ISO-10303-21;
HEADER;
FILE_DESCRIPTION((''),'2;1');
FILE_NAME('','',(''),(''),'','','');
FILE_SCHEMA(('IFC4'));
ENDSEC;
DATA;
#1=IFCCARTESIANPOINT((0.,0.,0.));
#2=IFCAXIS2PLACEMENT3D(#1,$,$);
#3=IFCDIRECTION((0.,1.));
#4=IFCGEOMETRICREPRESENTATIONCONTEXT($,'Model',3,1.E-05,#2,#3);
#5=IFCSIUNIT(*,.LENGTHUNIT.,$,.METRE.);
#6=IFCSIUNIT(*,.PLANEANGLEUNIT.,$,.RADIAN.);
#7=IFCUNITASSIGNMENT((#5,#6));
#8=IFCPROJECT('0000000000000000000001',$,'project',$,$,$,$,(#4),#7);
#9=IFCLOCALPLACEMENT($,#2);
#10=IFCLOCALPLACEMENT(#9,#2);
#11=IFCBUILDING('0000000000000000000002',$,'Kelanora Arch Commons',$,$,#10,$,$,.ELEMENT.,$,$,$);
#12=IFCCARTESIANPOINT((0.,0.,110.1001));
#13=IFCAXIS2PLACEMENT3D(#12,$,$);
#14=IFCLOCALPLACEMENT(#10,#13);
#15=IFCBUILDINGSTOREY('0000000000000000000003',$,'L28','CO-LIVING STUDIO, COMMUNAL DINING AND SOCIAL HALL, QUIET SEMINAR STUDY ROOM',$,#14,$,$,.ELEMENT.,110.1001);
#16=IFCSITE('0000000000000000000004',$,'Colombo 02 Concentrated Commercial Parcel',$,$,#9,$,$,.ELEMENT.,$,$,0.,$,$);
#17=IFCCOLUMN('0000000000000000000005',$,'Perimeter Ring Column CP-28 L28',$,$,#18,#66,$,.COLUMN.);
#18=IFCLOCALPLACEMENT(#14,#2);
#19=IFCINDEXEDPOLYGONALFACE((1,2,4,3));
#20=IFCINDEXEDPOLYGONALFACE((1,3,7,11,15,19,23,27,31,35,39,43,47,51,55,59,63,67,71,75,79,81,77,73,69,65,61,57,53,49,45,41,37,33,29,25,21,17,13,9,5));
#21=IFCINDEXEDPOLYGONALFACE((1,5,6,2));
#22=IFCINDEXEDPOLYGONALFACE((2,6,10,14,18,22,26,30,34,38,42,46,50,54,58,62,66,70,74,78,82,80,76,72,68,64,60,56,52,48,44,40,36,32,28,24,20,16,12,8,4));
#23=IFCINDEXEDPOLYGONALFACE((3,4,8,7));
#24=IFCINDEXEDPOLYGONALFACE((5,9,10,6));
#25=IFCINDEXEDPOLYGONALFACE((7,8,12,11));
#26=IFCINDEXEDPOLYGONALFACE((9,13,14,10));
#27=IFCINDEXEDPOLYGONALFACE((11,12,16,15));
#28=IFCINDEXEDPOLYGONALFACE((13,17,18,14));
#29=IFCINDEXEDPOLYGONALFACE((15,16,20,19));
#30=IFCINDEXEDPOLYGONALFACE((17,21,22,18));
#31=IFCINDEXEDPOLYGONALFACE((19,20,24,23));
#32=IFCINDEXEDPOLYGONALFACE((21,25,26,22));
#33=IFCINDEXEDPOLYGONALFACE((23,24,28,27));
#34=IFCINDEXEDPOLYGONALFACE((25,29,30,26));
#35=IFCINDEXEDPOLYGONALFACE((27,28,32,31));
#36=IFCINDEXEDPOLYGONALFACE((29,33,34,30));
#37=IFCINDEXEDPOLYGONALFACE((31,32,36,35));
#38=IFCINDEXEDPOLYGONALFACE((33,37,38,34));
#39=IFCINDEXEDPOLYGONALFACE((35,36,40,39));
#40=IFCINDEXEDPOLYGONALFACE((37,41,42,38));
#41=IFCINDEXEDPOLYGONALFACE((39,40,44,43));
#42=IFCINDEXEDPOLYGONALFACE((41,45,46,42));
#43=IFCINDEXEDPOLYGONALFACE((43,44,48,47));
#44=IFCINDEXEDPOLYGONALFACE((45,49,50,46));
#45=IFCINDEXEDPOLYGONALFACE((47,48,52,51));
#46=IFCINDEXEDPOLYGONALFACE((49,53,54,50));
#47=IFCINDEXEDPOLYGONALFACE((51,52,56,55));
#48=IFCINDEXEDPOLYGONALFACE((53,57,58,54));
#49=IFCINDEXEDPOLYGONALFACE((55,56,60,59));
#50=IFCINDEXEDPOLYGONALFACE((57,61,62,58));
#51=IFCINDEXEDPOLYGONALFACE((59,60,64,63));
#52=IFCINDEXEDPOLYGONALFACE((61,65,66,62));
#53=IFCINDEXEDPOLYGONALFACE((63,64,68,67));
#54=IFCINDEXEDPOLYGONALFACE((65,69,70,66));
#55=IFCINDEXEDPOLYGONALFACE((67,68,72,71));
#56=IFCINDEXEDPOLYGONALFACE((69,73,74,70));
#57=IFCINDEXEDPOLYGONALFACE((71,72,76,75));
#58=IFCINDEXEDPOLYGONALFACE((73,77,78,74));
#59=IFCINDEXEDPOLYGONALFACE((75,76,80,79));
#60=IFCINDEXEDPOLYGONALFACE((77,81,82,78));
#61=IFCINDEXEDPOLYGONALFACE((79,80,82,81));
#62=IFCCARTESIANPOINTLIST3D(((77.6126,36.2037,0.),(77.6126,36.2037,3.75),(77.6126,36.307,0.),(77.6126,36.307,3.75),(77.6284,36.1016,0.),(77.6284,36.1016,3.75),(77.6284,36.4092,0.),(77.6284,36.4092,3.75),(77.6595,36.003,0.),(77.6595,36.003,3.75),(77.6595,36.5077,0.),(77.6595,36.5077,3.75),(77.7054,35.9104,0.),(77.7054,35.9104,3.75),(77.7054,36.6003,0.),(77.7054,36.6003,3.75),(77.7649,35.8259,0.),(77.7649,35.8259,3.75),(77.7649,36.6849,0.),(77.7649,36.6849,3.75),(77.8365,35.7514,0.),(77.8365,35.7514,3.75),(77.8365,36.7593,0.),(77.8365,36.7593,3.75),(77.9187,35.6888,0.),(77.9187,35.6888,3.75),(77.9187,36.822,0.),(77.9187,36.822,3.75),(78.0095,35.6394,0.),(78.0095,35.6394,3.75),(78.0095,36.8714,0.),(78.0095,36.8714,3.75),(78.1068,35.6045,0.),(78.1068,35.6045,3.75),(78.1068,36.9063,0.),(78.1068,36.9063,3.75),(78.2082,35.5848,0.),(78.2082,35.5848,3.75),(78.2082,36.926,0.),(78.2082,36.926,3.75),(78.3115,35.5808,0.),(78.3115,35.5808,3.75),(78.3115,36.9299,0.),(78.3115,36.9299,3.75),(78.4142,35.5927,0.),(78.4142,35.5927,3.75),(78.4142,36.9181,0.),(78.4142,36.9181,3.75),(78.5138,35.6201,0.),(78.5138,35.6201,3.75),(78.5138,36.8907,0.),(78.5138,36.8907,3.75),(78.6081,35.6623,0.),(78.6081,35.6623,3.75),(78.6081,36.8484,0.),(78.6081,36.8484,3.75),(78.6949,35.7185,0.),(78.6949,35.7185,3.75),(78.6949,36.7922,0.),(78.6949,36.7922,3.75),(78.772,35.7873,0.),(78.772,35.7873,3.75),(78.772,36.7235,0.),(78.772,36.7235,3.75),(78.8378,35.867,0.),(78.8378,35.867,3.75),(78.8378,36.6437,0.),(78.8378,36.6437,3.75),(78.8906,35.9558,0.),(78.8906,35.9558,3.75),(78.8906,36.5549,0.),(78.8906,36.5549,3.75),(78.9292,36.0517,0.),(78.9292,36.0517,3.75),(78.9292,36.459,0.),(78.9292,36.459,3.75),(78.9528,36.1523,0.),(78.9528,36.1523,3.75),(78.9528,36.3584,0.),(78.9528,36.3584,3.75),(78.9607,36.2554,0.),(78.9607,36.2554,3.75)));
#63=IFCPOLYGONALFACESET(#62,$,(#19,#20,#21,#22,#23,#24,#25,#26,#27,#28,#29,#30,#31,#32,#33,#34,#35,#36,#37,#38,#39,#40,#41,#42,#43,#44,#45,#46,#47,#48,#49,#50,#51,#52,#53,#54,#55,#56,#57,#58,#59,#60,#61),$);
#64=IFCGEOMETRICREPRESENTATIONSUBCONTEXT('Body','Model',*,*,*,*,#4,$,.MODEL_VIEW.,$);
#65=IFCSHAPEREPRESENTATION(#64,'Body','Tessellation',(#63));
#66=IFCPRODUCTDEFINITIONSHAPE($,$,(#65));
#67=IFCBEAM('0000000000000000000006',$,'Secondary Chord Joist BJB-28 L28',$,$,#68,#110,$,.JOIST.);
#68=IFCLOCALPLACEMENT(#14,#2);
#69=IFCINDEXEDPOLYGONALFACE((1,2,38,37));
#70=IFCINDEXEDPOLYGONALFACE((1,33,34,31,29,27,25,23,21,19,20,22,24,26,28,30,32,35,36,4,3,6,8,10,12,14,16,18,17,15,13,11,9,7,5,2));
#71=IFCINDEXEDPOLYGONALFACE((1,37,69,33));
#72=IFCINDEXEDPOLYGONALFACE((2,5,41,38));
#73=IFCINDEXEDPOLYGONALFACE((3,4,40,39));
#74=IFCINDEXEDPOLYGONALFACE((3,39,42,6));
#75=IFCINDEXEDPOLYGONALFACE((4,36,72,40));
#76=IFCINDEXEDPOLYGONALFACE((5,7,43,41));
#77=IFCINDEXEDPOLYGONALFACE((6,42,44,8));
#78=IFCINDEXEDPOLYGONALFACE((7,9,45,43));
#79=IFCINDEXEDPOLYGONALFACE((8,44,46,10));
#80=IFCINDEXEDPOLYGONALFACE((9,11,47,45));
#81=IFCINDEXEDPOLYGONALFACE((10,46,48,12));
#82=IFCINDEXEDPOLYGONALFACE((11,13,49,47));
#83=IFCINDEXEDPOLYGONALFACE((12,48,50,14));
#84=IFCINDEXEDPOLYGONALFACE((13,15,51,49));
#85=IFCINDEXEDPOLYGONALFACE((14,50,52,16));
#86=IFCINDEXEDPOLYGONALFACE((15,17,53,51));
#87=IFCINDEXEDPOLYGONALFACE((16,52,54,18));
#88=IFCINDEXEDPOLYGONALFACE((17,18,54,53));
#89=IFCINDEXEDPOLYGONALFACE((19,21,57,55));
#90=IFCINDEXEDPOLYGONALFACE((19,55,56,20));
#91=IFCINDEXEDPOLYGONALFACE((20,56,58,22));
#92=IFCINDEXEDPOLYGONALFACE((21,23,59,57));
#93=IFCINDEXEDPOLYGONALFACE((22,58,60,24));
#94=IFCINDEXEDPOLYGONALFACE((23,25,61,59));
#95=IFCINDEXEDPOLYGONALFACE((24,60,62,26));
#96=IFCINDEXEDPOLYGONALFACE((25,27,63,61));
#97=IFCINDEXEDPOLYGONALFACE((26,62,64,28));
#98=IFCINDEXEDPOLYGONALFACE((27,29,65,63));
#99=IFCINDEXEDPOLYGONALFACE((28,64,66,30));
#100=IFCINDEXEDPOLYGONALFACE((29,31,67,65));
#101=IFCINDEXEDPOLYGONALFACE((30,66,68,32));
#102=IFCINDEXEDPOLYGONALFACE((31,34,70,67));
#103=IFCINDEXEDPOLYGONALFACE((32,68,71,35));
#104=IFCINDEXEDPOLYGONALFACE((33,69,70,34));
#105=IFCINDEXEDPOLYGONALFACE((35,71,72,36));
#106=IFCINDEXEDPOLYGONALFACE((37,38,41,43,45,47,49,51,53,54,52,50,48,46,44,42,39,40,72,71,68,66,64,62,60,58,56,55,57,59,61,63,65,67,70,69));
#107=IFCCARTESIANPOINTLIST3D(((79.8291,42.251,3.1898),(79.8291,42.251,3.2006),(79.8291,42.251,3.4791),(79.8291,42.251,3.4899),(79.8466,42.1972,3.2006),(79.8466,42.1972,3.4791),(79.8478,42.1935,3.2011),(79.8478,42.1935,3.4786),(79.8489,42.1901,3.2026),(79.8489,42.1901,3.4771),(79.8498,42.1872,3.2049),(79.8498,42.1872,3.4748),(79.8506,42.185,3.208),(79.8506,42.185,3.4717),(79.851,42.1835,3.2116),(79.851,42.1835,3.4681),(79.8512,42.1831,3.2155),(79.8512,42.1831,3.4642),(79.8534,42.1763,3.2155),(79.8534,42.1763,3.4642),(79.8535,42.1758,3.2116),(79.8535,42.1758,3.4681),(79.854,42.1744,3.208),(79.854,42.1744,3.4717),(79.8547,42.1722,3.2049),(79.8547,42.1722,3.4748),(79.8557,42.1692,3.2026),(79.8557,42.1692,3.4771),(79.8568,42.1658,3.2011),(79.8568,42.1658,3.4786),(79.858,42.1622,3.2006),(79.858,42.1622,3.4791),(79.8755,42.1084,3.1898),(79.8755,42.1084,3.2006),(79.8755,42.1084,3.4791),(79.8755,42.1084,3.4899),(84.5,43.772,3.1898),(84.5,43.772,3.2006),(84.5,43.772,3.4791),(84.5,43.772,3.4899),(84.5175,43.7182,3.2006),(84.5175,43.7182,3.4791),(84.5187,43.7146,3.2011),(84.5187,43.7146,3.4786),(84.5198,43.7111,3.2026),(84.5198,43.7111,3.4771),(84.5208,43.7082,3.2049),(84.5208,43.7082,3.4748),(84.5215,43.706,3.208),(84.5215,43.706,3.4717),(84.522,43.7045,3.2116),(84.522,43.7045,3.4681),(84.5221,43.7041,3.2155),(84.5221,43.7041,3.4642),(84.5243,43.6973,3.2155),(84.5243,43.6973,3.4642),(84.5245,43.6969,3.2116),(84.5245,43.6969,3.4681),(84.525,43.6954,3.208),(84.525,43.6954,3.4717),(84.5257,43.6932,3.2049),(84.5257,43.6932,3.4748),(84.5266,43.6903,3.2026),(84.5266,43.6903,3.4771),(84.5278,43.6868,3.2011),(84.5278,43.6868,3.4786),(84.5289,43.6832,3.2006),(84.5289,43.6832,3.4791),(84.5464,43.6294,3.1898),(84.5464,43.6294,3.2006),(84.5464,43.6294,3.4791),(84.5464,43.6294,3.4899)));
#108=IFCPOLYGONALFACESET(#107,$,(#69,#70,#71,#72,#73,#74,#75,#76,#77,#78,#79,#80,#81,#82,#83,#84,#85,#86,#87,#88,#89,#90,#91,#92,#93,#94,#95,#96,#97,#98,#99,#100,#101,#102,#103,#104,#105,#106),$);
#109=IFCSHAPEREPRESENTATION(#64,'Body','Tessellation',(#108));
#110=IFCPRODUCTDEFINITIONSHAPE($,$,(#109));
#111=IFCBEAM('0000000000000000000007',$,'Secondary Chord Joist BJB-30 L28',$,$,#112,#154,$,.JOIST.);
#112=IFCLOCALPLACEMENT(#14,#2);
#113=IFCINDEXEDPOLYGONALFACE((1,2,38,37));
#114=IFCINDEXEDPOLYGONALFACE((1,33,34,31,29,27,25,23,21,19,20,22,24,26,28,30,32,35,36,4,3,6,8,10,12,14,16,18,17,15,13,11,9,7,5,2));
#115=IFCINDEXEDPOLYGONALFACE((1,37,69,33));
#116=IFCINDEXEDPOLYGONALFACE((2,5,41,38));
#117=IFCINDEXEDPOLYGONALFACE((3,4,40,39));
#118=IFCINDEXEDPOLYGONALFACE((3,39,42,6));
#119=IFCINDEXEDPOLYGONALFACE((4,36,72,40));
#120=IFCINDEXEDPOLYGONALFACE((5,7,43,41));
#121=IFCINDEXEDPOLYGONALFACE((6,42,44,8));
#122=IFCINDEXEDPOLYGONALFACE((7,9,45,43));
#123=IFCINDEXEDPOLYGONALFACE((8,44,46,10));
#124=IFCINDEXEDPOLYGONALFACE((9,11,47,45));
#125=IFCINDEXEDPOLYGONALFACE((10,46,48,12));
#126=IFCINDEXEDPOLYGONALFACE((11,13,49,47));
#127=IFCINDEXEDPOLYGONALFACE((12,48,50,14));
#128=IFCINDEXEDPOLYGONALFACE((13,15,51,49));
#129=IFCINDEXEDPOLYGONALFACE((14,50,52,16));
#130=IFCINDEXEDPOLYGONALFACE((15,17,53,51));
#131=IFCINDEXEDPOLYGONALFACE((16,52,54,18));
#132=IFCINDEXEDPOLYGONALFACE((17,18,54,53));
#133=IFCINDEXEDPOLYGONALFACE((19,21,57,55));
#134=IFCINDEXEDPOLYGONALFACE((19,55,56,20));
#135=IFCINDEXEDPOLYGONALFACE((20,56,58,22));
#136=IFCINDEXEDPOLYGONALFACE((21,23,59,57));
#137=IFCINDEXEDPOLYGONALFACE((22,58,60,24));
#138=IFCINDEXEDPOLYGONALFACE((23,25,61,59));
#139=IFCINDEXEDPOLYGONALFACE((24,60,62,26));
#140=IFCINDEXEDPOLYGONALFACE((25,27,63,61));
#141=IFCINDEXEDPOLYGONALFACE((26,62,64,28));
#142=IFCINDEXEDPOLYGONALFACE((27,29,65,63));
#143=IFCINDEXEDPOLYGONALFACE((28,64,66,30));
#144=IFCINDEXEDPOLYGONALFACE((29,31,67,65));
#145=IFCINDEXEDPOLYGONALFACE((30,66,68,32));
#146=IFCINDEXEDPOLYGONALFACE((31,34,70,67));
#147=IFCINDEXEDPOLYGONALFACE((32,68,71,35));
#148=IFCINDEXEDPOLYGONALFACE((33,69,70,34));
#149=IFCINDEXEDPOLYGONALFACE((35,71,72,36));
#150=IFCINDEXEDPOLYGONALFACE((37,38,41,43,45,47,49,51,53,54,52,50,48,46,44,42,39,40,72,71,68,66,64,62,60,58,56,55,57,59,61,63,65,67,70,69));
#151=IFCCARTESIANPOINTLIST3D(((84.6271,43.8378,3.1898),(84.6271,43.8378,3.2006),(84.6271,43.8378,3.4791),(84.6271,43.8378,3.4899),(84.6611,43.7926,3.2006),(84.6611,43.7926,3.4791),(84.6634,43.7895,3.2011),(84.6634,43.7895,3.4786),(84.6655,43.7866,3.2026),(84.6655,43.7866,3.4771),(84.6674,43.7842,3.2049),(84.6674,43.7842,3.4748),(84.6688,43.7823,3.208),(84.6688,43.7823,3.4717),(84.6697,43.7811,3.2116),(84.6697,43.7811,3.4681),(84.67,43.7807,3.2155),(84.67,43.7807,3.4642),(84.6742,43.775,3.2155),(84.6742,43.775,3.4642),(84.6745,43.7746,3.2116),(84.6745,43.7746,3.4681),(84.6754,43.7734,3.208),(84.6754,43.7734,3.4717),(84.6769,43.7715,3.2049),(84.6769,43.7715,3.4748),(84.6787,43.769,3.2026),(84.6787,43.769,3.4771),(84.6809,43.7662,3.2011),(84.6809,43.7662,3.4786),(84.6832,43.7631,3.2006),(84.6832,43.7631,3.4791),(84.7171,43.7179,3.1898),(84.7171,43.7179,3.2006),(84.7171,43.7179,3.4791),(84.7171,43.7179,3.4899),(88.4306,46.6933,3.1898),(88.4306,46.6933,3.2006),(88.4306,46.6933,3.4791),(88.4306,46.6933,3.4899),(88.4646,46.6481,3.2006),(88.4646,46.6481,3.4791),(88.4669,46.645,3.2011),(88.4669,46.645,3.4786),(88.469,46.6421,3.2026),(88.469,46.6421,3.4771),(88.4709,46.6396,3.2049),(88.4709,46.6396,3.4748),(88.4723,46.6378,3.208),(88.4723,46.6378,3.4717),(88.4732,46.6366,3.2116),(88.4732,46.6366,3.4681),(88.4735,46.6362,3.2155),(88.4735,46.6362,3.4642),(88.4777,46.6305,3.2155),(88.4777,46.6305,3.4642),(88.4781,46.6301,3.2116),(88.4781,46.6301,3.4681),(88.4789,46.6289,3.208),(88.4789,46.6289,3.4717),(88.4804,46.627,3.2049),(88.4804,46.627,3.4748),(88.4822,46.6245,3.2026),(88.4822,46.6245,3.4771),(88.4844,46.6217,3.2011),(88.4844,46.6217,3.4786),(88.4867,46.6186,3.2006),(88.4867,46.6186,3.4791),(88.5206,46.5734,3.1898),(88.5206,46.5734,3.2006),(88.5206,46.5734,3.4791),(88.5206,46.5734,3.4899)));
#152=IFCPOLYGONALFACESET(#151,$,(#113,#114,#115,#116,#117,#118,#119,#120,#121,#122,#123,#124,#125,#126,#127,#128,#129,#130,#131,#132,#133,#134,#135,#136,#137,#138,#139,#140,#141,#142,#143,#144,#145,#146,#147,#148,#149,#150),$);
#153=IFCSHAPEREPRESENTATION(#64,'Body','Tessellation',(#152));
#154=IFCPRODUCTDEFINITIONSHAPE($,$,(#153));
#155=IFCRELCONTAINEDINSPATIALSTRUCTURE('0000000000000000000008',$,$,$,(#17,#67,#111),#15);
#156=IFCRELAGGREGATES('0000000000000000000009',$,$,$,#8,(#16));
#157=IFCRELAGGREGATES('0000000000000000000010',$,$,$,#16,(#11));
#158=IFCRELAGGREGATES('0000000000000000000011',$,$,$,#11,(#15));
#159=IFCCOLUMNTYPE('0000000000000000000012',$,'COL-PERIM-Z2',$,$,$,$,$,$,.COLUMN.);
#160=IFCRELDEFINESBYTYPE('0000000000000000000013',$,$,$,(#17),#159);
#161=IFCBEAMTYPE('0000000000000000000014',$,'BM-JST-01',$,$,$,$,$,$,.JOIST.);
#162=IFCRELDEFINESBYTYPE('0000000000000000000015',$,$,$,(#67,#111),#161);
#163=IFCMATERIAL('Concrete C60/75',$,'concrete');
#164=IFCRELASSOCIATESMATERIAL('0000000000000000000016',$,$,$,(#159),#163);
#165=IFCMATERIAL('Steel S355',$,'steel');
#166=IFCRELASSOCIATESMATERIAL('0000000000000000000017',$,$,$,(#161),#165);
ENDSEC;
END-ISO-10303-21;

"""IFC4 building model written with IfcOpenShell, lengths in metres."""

from ifc_helpers import new_model, si_unit, direction, frame, origin, origin_2d, place, context, subcontext, project, spatial, circle, i_section, extrude, material, material_profile, profile_set, type_object, element, save


model = new_model("IFC4")

# Units and contexts
model_context = context("Model", 3, precision=1e-05, world=origin(), true_north=direction((0.0, 1.0)))
body_context = subcontext(model_context, "Body", "Model", "MODEL_VIEW")
ifc_project = project(units=[si_unit("LENGTHUNIT", "METRE"), si_unit("PLANEANGLEUNIT", "RADIAN")], contexts=[model_context])

# Site, building, storey
site_placement = place(None, origin())
site = spatial("IfcSite", under=ifc_project, at=site_placement, Name="Colombo 02 Concentrated Commercial Parcel", CompositionType="ELEMENT", RefElevation=0.0)
building_placement = place(site_placement, origin())
building = spatial("IfcBuilding", under=site, at=building_placement, Name="Kelanora Arch Commons", CompositionType="ELEMENT")
storey_placement = place(building_placement, frame((0.0, 0.0, 110.1001)))
storey = spatial("IfcBuildingStorey", under=building, at=storey_placement, Name="L28", Description="CO-LIVING STUDIO, COMMUNAL DINING AND SOCIAL HALL, QUIET SEMINAR STUDY ROOM", CompositionType="ELEMENT", Elevation=110.1001)

# Column
ifc_material_1 = material(Name="Concrete C60/75", Category="concrete")
ifc_material_profile_1 = material_profile(ifc_material_1, circle(Radius=0.675, at=origin_2d()), Name="RCC1350")
ifc_profile_set_1 = profile_set([ifc_material_profile_1], Name="Concrete C60/75")
column_type = type_object("IfcColumnType", Name="COL-PERIM-Z2", PredefinedType="COLUMN", material=ifc_profile_set_1)
column_placement = place(storey_placement, frame((78.2856, 36.2554, 0.0), z_axis=(0.0, 0.0, 1.0), x_axis=(1.0, 0.0, 0.0)))
element("IfcColumn", 1, at=column_placement, inside=storey, type_object=column_type, Name="Perimeter Ring Column CP-28 L28", PredefinedType="COLUMN", context=body_context, shape_type="SweptSolid", body=[
    extrude(circle(Radius=0.675, at=origin_2d()), origin(), (0.0, 0.0, 1.0), 3.75),
])

# Beams
ifc_material_2 = material(Name="Steel S355", Category="steel")
ifc_material_profile_2 = material_profile(ifc_material_2, i_section(OverallWidth=0.1499, OverallDepth=0.3, WebThickness=0.0071, FlangeThickness=0.0107, FilletRadius=0.0149, at=origin_2d()), Name="IPE300")
ifc_profile_set_2 = profile_set([ifc_material_profile_2], Name="Steel S355")
beam_type_1 = type_object("IfcBeamType", Name="BM-JST-01", PredefinedType="JOIST", material=ifc_profile_set_2)
beam_1_placement = place(storey_placement, frame((79.8523, 42.1797, 3.3398), z_axis=(0.950857, 0.30963, 0.0), x_axis=(-0.30963, 0.950857, 0.0)))
element("IfcBeam", 2, at=beam_1_placement, inside=storey, type_object=beam_type_1, Name="Secondary Chord Joist BJB-28 L28", PredefinedType="JOIST", context=body_context, shape_type="SweptSolid", body=[
    extrude(i_section(OverallWidth=0.1499, OverallDepth=0.3, WebThickness=0.0071, FlangeThickness=0.0107, FilletRadius=0.0149, at=origin_2d()), origin(), (0.0, 0.0, 1.0), 4.9124),
])
beam_2_placement = place(storey_placement, frame((84.6721, 43.7778, 3.3398), z_axis=(0.79971, 0.600386, 0.0), x_axis=(-0.600386, 0.79971, 0.0)))
element("IfcBeam", 3, at=beam_2_placement, inside=storey, type_object=beam_type_1, Name="Secondary Chord Joist BJB-30 L28", PredefinedType="JOIST", context=body_context, shape_type="SweptSolid", body=[
    extrude(i_section(OverallWidth=0.1499, OverallDepth=0.3, WebThickness=0.0071, FlangeThickness=0.0107, FilletRadius=0.0149, at=origin_2d()), origin(), (0.0, 0.0, 1.0), 4.7561),
])

save(model, "model.ifc")
